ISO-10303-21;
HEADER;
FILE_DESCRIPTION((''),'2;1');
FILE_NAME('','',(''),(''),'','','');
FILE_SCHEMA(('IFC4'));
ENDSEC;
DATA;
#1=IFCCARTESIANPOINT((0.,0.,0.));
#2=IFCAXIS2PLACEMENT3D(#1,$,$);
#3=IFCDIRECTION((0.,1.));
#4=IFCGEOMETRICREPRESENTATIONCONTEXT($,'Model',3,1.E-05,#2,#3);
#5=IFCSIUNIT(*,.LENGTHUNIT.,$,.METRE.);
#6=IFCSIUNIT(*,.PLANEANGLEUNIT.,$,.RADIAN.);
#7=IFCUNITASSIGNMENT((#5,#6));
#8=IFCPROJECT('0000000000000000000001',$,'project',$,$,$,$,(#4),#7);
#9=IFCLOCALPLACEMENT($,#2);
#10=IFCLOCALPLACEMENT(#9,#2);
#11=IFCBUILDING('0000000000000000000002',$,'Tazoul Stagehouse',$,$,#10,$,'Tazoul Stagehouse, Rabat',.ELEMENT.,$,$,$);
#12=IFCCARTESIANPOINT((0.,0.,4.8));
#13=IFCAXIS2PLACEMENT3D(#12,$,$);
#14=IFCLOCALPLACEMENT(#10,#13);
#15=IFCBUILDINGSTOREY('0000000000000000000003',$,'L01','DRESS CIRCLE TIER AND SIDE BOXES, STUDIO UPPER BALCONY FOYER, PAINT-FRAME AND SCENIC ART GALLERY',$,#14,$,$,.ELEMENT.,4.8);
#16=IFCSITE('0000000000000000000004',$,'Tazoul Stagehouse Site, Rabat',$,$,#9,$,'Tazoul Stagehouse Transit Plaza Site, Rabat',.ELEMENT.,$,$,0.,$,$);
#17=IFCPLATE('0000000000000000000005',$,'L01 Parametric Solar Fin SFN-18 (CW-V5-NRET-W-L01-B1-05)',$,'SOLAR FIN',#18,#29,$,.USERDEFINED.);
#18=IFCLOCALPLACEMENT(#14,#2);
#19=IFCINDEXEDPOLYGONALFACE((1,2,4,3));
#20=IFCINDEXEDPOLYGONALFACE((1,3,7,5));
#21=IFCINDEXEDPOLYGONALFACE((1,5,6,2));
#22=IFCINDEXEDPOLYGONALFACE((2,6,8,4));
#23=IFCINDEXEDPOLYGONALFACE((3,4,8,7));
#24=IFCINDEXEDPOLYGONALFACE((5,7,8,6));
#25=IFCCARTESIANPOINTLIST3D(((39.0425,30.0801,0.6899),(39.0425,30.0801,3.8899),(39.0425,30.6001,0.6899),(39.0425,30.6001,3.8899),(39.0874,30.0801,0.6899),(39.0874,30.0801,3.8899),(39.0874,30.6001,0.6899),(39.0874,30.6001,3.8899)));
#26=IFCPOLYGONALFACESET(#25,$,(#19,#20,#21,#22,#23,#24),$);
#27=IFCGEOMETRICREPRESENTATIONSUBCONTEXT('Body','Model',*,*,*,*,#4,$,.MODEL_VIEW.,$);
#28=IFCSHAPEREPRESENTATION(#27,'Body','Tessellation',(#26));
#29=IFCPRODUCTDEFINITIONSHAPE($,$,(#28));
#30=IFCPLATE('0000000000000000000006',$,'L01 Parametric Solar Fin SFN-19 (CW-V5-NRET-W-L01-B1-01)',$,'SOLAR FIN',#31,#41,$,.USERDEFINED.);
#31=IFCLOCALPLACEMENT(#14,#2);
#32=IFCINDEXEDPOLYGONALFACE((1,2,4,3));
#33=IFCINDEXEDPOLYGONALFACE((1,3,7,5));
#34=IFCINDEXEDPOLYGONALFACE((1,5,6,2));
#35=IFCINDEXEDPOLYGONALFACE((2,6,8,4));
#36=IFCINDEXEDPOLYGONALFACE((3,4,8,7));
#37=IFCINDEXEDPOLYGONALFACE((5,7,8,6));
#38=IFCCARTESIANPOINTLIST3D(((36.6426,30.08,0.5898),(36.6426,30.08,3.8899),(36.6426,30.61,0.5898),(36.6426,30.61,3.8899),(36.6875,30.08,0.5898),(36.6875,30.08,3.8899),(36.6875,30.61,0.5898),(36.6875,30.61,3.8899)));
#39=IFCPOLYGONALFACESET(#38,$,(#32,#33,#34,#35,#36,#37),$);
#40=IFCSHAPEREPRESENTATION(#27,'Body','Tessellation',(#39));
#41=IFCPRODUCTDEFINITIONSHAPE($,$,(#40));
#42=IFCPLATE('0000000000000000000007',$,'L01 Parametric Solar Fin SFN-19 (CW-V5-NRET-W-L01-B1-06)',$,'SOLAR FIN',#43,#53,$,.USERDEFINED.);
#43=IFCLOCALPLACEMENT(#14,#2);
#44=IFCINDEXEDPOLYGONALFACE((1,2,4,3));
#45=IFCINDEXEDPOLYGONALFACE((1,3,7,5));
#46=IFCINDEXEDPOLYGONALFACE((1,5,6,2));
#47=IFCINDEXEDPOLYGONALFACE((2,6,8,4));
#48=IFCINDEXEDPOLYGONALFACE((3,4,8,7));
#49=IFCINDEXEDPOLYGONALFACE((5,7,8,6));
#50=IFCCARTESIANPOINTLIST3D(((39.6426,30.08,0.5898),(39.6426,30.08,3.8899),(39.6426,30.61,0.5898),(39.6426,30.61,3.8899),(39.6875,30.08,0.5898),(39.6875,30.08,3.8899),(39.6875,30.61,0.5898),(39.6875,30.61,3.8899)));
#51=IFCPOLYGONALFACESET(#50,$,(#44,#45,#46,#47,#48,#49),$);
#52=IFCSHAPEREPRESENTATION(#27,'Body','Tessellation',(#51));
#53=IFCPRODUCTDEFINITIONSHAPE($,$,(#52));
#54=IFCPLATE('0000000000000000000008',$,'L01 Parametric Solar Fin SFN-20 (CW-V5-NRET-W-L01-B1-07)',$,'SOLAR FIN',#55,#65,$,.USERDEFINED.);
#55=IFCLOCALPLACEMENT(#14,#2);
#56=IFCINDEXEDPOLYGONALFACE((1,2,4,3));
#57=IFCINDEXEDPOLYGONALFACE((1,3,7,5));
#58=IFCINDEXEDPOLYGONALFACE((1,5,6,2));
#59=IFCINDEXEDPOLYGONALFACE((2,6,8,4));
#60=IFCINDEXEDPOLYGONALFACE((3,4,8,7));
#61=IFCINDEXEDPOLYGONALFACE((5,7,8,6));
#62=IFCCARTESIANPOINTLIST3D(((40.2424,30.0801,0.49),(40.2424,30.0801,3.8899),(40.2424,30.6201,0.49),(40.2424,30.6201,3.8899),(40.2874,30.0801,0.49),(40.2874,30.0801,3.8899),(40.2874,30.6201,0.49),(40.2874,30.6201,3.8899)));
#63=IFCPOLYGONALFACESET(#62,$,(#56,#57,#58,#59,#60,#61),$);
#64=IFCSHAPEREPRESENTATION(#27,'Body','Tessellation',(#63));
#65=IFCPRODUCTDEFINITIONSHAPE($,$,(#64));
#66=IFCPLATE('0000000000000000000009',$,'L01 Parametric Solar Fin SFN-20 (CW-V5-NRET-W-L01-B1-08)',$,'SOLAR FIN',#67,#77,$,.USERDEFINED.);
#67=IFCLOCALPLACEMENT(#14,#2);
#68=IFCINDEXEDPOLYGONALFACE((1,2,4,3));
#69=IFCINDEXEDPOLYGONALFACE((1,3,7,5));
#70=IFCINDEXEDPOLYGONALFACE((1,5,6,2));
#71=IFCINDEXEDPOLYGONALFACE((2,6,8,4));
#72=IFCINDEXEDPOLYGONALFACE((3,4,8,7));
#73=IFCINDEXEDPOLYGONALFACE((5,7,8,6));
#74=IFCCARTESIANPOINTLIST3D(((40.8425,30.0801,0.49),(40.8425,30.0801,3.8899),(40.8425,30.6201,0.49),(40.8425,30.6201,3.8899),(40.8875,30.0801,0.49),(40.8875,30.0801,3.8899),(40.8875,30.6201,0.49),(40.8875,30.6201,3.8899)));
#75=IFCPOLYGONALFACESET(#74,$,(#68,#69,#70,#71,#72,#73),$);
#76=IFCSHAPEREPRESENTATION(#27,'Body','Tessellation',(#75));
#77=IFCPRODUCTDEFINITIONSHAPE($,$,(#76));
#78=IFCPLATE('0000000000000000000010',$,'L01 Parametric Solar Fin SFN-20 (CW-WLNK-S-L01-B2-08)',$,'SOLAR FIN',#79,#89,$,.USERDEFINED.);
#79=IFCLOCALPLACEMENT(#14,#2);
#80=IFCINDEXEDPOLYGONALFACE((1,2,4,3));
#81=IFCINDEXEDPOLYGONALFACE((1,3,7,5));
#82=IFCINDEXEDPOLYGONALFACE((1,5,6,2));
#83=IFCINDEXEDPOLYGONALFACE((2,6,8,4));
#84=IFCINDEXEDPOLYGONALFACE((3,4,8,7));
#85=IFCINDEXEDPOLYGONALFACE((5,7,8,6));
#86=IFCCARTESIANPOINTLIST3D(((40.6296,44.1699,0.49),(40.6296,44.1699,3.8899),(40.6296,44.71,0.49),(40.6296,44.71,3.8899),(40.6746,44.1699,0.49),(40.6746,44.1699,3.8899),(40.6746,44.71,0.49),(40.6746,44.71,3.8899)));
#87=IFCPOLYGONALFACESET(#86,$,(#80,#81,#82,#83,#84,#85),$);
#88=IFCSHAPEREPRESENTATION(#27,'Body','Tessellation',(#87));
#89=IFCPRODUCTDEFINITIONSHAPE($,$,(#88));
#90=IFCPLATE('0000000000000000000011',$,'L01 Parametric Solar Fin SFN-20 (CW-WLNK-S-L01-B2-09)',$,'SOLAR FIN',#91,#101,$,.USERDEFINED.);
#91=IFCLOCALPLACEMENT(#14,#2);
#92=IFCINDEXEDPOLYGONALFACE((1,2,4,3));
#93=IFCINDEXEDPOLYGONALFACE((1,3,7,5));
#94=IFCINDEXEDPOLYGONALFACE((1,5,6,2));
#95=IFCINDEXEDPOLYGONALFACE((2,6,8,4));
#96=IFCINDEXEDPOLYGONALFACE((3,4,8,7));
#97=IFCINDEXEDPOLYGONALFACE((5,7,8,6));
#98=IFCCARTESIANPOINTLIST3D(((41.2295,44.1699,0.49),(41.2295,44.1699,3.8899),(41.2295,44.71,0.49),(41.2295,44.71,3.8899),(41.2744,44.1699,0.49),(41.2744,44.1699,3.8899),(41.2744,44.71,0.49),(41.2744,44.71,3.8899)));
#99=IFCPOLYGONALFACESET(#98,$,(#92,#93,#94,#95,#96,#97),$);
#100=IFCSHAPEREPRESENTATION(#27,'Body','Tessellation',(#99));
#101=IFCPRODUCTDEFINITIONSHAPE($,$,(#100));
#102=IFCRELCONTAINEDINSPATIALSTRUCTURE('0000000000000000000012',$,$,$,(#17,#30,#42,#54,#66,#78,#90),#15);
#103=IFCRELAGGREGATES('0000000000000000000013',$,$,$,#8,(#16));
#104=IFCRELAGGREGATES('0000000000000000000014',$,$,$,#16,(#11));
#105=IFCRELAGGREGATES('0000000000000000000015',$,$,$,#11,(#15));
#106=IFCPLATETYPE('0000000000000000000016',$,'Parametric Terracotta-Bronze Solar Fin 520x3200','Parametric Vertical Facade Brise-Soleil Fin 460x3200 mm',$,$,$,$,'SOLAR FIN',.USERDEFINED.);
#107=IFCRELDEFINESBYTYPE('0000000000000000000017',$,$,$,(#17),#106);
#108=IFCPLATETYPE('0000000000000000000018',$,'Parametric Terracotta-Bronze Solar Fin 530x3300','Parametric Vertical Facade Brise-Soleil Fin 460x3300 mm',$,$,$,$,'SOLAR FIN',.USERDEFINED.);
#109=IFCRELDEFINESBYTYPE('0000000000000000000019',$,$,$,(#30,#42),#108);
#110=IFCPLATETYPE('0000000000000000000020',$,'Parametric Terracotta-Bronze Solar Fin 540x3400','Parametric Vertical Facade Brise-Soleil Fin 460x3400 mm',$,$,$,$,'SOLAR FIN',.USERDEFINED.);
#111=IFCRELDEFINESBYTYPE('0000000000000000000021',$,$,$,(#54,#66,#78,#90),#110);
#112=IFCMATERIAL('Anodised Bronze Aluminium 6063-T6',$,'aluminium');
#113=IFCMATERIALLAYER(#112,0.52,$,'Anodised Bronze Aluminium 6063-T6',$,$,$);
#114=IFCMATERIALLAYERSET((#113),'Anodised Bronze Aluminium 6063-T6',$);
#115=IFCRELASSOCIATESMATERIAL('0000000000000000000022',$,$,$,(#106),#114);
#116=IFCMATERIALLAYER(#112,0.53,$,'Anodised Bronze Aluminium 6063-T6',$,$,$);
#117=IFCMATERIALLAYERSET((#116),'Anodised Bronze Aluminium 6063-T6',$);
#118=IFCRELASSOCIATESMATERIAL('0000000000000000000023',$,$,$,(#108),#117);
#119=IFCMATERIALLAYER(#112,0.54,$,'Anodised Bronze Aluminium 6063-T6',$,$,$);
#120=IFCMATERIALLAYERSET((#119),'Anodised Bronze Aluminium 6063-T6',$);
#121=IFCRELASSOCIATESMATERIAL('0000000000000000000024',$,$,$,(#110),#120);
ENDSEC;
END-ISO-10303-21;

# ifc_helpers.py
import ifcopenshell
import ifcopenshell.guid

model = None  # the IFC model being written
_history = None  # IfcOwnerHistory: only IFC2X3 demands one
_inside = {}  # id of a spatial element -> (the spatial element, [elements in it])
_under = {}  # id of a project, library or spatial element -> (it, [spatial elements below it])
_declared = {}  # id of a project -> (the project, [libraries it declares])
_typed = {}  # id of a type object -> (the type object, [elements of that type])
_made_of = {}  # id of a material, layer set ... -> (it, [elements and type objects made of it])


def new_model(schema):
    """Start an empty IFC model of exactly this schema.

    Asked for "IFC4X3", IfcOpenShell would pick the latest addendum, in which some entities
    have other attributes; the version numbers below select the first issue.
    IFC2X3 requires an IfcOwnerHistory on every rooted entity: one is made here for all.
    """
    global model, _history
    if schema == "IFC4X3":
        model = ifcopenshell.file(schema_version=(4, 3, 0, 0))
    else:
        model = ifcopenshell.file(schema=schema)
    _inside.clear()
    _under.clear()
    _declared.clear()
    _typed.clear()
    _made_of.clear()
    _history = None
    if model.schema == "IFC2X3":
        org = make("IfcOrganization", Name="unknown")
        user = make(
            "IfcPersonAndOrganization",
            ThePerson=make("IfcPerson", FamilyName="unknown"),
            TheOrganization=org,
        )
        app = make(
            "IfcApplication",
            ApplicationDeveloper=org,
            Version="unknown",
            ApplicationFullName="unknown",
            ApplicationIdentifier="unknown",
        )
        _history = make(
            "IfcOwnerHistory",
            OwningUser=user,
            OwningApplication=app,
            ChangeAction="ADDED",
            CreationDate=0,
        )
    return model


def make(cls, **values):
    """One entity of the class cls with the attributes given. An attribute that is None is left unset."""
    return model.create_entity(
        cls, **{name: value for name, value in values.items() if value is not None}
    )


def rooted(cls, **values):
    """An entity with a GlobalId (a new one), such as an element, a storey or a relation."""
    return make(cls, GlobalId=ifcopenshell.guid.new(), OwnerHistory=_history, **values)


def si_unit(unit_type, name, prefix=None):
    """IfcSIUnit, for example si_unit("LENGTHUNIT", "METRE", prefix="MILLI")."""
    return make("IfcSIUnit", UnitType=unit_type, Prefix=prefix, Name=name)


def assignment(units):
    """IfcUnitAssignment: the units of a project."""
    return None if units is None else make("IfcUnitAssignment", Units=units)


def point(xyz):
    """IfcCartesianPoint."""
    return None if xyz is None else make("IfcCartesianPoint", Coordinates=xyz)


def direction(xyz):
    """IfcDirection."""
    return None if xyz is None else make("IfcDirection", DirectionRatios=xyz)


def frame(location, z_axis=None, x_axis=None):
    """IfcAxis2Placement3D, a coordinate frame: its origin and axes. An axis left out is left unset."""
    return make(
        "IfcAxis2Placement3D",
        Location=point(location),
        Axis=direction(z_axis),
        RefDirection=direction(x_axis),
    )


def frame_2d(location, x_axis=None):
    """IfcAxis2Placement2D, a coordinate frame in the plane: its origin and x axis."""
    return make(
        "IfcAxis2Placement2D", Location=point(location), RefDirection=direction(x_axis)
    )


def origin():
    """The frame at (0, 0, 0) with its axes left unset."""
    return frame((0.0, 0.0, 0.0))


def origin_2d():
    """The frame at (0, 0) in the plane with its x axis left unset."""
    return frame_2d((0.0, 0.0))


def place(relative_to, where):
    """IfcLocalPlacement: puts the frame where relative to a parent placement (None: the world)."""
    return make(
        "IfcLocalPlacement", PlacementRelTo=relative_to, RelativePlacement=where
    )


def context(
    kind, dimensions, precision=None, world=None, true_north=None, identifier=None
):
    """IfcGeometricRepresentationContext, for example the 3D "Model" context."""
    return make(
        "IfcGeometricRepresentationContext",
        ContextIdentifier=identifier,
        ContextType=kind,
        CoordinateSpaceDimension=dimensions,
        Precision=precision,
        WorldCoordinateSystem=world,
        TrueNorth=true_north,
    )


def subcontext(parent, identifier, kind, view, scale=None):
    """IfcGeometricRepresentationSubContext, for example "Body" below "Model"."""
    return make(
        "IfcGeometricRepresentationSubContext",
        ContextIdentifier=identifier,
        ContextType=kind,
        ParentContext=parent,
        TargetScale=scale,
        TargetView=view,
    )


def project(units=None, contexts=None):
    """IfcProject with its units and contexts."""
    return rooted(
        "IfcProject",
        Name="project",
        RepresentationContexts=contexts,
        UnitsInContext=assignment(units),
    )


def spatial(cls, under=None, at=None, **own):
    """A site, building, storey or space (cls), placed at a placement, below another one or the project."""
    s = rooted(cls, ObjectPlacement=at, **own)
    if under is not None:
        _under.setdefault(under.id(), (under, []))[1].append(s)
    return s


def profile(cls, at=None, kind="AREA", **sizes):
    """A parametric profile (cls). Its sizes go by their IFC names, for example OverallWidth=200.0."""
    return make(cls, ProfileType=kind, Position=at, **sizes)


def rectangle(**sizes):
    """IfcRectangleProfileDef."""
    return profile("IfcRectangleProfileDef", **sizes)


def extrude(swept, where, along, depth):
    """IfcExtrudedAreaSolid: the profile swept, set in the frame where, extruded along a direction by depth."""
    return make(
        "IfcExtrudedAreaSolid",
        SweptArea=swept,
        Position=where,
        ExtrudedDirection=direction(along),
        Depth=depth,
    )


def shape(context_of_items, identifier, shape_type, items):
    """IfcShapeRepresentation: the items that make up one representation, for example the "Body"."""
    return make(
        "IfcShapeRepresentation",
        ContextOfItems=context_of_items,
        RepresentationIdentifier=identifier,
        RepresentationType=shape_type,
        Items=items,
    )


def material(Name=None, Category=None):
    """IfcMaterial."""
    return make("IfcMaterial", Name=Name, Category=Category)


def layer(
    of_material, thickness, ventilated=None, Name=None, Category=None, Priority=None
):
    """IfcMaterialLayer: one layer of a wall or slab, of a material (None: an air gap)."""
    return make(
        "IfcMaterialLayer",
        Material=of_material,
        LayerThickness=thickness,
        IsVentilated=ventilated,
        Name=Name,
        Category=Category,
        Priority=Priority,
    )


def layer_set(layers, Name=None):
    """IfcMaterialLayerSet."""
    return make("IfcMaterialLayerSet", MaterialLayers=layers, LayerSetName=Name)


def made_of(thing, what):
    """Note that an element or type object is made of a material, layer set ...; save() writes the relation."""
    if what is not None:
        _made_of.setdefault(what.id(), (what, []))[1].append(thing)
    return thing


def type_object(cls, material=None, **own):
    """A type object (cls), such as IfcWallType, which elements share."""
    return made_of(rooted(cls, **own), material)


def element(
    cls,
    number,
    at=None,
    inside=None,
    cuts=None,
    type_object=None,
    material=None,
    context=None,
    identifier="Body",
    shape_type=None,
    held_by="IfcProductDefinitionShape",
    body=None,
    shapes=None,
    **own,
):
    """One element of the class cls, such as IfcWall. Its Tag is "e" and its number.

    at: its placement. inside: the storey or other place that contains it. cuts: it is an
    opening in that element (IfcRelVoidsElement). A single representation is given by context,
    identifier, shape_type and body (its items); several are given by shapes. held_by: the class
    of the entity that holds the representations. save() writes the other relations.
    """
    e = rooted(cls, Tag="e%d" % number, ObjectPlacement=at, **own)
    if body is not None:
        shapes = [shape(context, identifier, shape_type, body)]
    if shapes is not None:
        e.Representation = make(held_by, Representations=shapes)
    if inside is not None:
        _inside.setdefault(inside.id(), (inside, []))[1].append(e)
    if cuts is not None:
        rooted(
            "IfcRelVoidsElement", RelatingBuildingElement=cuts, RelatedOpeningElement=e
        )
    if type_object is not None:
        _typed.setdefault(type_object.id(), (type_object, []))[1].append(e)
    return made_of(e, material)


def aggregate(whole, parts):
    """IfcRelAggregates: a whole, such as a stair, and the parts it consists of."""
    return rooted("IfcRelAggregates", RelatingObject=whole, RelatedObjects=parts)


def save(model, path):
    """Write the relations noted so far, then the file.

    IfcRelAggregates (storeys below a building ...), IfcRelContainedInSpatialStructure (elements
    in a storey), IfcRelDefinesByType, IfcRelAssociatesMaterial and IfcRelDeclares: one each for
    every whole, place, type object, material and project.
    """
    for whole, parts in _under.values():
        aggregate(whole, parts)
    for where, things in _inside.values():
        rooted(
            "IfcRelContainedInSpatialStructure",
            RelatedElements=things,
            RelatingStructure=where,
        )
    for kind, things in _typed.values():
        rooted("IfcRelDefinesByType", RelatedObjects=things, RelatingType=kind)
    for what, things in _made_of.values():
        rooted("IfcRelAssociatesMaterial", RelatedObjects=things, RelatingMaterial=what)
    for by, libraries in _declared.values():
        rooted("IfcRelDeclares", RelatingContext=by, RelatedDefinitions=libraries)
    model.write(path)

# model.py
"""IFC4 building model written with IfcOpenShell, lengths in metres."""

from ifc_helpers import new_model, si_unit, direction, frame, origin, origin_2d, place, context, subcontext, project, spatial, rectangle, extrude, material, layer, layer_set, type_object, element, save


model = new_model("IFC4")

# Units and contexts
model_context = context("Model", 3, precision=1e-05, world=origin(), true_north=direction((0.0, 1.0)))
body_context = subcontext(model_context, "Body", "Model", "MODEL_VIEW")
ifc_project = project(units=[si_unit("LENGTHUNIT", "METRE"), si_unit("PLANEANGLEUNIT", "RADIAN")], contexts=[model_context])

# Site, building, storey
site_placement = place(None, origin())
site = spatial("IfcSite", under=ifc_project, at=site_placement, Name="Tazoul Stagehouse Site, Rabat", LongName="Tazoul Stagehouse Transit Plaza Site, Rabat", CompositionType="ELEMENT", RefElevation=0.0)
building_placement = place(site_placement, origin())
building = spatial("IfcBuilding", under=site, at=building_placement, Name="Tazoul Stagehouse", LongName="Tazoul Stagehouse, Rabat", CompositionType="ELEMENT")
storey_placement = place(building_placement, frame((0.0, 0.0, 4.8)))
storey = spatial("IfcBuildingStorey", under=building, at=storey_placement, Name="L01", Description="DRESS CIRCLE TIER AND SIDE BOXES, STUDIO UPPER BALCONY FOYER, PAINT-FRAME AND SCENIC ART GALLERY", CompositionType="ELEMENT", Elevation=4.8)

# Plates
ifc_material = material(Name="Anodised Bronze Aluminium 6063-T6", Category="aluminium")
ifc_layer_1 = layer(ifc_material, 0.52, Name="Anodised Bronze Aluminium 6063-T6")
ifc_layer_set_1 = layer_set([ifc_layer_1], Name="Anodised Bronze Aluminium 6063-T6")
plate_type_1 = type_object("IfcPlateType", Name="Parametric Terracotta-Bronze Solar Fin 520x3200", Description="Parametric Vertical Facade Brise-Soleil Fin 460x3200 mm", ElementType="SOLAR FIN", PredefinedType="USERDEFINED", material=ifc_layer_set_1)
plate_placement = place(storey_placement, frame((39.0649, 30.3401, 0.6899), z_axis=(0.0, 0.0, 1.0), x_axis=(1.0, 0.0, 0.0)))
element("IfcPlate", 1, at=plate_placement, inside=storey, type_object=plate_type_1, Name="L01 Parametric Solar Fin SFN-18 (CW-V5-NRET-W-L01-B1-05)", ObjectType="SOLAR FIN", PredefinedType="USERDEFINED", context=body_context, shape_type="SweptSolid", body=[
    extrude(rectangle(XDim=0.0449, YDim=0.52, at=origin_2d()), origin(), (0.0, 0.0, 1.0), 3.2),
])
ifc_layer_2 = layer(ifc_material, 0.53, Name="Anodised Bronze Aluminium 6063-T6")
ifc_layer_set_2 = layer_set([ifc_layer_2], Name="Anodised Bronze Aluminium 6063-T6")
plate_type_2 = type_object("IfcPlateType", Name="Parametric Terracotta-Bronze Solar Fin 530x3300", Description="Parametric Vertical Facade Brise-Soleil Fin 460x3300 mm", ElementType="SOLAR FIN", PredefinedType="USERDEFINED", material=ifc_layer_set_2)
for number, where, z_axis, x_axis, name in (
    (2, (36.665, 30.345, 0.5898), (0.0, 0.0, 1.0), (1.0, 0.0, 0.0), "L01 Parametric Solar Fin SFN-19 (CW-V5-NRET-W-L01-B1-01)"),
    (3, (39.665, 30.345, 0.5898), (0.0, 0.0, 1.0), (1.0, 0.0, 0.0), "L01 Parametric Solar Fin SFN-19 (CW-V5-NRET-W-L01-B1-06)"),
):
    element("IfcPlate", number, at=place(storey_placement, frame(where, z_axis=z_axis, x_axis=x_axis)), inside=storey, type_object=plate_type_2, Name=name, ObjectType="SOLAR FIN", PredefinedType="USERDEFINED", context=body_context, shape_type="SweptSolid", body=[
        extrude(rectangle(XDim=0.0449, YDim=0.53, at=origin_2d()), origin(), (0.0, 0.0, 1.0), 3.3),
    ])
ifc_layer_3 = layer(ifc_material, 0.54, Name="Anodised Bronze Aluminium 6063-T6")
ifc_layer_set_3 = layer_set([ifc_layer_3], Name="Anodised Bronze Aluminium 6063-T6")
plate_type_3 = type_object("IfcPlateType", Name="Parametric Terracotta-Bronze Solar Fin 540x3400", Description="Parametric Vertical Facade Brise-Soleil Fin 460x3400 mm", ElementType="SOLAR FIN", PredefinedType="USERDEFINED", material=ifc_layer_set_3)
for number, where, z_axis, x_axis, name in (
    (4, (40.2649, 30.3501, 0.49), (0.0, 0.0, 1.0), (1.0, 0.0, 0.0), "L01 Parametric Solar Fin SFN-20 (CW-V5-NRET-W-L01-B1-07)"),
    (5, (40.865, 30.3501, 0.49), (0.0, 0.0, 1.0), (1.0, 0.0, 0.0), "L01 Parametric Solar Fin SFN-20 (CW-V5-NRET-W-L01-B1-08)"),
    (6, (40.6521, 44.4399, 0.49), (0.0, 0.0, 1.0), (1.0, 0.0, 0.0), "L01 Parametric Solar Fin SFN-20 (CW-WLNK-S-L01-B2-08)"),
    (7, (41.252, 44.4399, 0.49), (0.0, 0.0, 1.0), (1.0, 0.0, 0.0), "L01 Parametric Solar Fin SFN-20 (CW-WLNK-S-L01-B2-09)"),
):
    element("IfcPlate", number, at=place(storey_placement, frame(where, z_axis=z_axis, x_axis=x_axis)), inside=storey, type_object=plate_type_3, Name=name, ObjectType="SOLAR FIN", PredefinedType="USERDEFINED", context=body_context, shape_type="SweptSolid", body=[
        extrude(rectangle(XDim=0.0449, YDim=0.54, at=origin_2d()), origin(), (0.0, 0.0, 1.0), 3.3999),
    ])

save(model, "model.ifc")
